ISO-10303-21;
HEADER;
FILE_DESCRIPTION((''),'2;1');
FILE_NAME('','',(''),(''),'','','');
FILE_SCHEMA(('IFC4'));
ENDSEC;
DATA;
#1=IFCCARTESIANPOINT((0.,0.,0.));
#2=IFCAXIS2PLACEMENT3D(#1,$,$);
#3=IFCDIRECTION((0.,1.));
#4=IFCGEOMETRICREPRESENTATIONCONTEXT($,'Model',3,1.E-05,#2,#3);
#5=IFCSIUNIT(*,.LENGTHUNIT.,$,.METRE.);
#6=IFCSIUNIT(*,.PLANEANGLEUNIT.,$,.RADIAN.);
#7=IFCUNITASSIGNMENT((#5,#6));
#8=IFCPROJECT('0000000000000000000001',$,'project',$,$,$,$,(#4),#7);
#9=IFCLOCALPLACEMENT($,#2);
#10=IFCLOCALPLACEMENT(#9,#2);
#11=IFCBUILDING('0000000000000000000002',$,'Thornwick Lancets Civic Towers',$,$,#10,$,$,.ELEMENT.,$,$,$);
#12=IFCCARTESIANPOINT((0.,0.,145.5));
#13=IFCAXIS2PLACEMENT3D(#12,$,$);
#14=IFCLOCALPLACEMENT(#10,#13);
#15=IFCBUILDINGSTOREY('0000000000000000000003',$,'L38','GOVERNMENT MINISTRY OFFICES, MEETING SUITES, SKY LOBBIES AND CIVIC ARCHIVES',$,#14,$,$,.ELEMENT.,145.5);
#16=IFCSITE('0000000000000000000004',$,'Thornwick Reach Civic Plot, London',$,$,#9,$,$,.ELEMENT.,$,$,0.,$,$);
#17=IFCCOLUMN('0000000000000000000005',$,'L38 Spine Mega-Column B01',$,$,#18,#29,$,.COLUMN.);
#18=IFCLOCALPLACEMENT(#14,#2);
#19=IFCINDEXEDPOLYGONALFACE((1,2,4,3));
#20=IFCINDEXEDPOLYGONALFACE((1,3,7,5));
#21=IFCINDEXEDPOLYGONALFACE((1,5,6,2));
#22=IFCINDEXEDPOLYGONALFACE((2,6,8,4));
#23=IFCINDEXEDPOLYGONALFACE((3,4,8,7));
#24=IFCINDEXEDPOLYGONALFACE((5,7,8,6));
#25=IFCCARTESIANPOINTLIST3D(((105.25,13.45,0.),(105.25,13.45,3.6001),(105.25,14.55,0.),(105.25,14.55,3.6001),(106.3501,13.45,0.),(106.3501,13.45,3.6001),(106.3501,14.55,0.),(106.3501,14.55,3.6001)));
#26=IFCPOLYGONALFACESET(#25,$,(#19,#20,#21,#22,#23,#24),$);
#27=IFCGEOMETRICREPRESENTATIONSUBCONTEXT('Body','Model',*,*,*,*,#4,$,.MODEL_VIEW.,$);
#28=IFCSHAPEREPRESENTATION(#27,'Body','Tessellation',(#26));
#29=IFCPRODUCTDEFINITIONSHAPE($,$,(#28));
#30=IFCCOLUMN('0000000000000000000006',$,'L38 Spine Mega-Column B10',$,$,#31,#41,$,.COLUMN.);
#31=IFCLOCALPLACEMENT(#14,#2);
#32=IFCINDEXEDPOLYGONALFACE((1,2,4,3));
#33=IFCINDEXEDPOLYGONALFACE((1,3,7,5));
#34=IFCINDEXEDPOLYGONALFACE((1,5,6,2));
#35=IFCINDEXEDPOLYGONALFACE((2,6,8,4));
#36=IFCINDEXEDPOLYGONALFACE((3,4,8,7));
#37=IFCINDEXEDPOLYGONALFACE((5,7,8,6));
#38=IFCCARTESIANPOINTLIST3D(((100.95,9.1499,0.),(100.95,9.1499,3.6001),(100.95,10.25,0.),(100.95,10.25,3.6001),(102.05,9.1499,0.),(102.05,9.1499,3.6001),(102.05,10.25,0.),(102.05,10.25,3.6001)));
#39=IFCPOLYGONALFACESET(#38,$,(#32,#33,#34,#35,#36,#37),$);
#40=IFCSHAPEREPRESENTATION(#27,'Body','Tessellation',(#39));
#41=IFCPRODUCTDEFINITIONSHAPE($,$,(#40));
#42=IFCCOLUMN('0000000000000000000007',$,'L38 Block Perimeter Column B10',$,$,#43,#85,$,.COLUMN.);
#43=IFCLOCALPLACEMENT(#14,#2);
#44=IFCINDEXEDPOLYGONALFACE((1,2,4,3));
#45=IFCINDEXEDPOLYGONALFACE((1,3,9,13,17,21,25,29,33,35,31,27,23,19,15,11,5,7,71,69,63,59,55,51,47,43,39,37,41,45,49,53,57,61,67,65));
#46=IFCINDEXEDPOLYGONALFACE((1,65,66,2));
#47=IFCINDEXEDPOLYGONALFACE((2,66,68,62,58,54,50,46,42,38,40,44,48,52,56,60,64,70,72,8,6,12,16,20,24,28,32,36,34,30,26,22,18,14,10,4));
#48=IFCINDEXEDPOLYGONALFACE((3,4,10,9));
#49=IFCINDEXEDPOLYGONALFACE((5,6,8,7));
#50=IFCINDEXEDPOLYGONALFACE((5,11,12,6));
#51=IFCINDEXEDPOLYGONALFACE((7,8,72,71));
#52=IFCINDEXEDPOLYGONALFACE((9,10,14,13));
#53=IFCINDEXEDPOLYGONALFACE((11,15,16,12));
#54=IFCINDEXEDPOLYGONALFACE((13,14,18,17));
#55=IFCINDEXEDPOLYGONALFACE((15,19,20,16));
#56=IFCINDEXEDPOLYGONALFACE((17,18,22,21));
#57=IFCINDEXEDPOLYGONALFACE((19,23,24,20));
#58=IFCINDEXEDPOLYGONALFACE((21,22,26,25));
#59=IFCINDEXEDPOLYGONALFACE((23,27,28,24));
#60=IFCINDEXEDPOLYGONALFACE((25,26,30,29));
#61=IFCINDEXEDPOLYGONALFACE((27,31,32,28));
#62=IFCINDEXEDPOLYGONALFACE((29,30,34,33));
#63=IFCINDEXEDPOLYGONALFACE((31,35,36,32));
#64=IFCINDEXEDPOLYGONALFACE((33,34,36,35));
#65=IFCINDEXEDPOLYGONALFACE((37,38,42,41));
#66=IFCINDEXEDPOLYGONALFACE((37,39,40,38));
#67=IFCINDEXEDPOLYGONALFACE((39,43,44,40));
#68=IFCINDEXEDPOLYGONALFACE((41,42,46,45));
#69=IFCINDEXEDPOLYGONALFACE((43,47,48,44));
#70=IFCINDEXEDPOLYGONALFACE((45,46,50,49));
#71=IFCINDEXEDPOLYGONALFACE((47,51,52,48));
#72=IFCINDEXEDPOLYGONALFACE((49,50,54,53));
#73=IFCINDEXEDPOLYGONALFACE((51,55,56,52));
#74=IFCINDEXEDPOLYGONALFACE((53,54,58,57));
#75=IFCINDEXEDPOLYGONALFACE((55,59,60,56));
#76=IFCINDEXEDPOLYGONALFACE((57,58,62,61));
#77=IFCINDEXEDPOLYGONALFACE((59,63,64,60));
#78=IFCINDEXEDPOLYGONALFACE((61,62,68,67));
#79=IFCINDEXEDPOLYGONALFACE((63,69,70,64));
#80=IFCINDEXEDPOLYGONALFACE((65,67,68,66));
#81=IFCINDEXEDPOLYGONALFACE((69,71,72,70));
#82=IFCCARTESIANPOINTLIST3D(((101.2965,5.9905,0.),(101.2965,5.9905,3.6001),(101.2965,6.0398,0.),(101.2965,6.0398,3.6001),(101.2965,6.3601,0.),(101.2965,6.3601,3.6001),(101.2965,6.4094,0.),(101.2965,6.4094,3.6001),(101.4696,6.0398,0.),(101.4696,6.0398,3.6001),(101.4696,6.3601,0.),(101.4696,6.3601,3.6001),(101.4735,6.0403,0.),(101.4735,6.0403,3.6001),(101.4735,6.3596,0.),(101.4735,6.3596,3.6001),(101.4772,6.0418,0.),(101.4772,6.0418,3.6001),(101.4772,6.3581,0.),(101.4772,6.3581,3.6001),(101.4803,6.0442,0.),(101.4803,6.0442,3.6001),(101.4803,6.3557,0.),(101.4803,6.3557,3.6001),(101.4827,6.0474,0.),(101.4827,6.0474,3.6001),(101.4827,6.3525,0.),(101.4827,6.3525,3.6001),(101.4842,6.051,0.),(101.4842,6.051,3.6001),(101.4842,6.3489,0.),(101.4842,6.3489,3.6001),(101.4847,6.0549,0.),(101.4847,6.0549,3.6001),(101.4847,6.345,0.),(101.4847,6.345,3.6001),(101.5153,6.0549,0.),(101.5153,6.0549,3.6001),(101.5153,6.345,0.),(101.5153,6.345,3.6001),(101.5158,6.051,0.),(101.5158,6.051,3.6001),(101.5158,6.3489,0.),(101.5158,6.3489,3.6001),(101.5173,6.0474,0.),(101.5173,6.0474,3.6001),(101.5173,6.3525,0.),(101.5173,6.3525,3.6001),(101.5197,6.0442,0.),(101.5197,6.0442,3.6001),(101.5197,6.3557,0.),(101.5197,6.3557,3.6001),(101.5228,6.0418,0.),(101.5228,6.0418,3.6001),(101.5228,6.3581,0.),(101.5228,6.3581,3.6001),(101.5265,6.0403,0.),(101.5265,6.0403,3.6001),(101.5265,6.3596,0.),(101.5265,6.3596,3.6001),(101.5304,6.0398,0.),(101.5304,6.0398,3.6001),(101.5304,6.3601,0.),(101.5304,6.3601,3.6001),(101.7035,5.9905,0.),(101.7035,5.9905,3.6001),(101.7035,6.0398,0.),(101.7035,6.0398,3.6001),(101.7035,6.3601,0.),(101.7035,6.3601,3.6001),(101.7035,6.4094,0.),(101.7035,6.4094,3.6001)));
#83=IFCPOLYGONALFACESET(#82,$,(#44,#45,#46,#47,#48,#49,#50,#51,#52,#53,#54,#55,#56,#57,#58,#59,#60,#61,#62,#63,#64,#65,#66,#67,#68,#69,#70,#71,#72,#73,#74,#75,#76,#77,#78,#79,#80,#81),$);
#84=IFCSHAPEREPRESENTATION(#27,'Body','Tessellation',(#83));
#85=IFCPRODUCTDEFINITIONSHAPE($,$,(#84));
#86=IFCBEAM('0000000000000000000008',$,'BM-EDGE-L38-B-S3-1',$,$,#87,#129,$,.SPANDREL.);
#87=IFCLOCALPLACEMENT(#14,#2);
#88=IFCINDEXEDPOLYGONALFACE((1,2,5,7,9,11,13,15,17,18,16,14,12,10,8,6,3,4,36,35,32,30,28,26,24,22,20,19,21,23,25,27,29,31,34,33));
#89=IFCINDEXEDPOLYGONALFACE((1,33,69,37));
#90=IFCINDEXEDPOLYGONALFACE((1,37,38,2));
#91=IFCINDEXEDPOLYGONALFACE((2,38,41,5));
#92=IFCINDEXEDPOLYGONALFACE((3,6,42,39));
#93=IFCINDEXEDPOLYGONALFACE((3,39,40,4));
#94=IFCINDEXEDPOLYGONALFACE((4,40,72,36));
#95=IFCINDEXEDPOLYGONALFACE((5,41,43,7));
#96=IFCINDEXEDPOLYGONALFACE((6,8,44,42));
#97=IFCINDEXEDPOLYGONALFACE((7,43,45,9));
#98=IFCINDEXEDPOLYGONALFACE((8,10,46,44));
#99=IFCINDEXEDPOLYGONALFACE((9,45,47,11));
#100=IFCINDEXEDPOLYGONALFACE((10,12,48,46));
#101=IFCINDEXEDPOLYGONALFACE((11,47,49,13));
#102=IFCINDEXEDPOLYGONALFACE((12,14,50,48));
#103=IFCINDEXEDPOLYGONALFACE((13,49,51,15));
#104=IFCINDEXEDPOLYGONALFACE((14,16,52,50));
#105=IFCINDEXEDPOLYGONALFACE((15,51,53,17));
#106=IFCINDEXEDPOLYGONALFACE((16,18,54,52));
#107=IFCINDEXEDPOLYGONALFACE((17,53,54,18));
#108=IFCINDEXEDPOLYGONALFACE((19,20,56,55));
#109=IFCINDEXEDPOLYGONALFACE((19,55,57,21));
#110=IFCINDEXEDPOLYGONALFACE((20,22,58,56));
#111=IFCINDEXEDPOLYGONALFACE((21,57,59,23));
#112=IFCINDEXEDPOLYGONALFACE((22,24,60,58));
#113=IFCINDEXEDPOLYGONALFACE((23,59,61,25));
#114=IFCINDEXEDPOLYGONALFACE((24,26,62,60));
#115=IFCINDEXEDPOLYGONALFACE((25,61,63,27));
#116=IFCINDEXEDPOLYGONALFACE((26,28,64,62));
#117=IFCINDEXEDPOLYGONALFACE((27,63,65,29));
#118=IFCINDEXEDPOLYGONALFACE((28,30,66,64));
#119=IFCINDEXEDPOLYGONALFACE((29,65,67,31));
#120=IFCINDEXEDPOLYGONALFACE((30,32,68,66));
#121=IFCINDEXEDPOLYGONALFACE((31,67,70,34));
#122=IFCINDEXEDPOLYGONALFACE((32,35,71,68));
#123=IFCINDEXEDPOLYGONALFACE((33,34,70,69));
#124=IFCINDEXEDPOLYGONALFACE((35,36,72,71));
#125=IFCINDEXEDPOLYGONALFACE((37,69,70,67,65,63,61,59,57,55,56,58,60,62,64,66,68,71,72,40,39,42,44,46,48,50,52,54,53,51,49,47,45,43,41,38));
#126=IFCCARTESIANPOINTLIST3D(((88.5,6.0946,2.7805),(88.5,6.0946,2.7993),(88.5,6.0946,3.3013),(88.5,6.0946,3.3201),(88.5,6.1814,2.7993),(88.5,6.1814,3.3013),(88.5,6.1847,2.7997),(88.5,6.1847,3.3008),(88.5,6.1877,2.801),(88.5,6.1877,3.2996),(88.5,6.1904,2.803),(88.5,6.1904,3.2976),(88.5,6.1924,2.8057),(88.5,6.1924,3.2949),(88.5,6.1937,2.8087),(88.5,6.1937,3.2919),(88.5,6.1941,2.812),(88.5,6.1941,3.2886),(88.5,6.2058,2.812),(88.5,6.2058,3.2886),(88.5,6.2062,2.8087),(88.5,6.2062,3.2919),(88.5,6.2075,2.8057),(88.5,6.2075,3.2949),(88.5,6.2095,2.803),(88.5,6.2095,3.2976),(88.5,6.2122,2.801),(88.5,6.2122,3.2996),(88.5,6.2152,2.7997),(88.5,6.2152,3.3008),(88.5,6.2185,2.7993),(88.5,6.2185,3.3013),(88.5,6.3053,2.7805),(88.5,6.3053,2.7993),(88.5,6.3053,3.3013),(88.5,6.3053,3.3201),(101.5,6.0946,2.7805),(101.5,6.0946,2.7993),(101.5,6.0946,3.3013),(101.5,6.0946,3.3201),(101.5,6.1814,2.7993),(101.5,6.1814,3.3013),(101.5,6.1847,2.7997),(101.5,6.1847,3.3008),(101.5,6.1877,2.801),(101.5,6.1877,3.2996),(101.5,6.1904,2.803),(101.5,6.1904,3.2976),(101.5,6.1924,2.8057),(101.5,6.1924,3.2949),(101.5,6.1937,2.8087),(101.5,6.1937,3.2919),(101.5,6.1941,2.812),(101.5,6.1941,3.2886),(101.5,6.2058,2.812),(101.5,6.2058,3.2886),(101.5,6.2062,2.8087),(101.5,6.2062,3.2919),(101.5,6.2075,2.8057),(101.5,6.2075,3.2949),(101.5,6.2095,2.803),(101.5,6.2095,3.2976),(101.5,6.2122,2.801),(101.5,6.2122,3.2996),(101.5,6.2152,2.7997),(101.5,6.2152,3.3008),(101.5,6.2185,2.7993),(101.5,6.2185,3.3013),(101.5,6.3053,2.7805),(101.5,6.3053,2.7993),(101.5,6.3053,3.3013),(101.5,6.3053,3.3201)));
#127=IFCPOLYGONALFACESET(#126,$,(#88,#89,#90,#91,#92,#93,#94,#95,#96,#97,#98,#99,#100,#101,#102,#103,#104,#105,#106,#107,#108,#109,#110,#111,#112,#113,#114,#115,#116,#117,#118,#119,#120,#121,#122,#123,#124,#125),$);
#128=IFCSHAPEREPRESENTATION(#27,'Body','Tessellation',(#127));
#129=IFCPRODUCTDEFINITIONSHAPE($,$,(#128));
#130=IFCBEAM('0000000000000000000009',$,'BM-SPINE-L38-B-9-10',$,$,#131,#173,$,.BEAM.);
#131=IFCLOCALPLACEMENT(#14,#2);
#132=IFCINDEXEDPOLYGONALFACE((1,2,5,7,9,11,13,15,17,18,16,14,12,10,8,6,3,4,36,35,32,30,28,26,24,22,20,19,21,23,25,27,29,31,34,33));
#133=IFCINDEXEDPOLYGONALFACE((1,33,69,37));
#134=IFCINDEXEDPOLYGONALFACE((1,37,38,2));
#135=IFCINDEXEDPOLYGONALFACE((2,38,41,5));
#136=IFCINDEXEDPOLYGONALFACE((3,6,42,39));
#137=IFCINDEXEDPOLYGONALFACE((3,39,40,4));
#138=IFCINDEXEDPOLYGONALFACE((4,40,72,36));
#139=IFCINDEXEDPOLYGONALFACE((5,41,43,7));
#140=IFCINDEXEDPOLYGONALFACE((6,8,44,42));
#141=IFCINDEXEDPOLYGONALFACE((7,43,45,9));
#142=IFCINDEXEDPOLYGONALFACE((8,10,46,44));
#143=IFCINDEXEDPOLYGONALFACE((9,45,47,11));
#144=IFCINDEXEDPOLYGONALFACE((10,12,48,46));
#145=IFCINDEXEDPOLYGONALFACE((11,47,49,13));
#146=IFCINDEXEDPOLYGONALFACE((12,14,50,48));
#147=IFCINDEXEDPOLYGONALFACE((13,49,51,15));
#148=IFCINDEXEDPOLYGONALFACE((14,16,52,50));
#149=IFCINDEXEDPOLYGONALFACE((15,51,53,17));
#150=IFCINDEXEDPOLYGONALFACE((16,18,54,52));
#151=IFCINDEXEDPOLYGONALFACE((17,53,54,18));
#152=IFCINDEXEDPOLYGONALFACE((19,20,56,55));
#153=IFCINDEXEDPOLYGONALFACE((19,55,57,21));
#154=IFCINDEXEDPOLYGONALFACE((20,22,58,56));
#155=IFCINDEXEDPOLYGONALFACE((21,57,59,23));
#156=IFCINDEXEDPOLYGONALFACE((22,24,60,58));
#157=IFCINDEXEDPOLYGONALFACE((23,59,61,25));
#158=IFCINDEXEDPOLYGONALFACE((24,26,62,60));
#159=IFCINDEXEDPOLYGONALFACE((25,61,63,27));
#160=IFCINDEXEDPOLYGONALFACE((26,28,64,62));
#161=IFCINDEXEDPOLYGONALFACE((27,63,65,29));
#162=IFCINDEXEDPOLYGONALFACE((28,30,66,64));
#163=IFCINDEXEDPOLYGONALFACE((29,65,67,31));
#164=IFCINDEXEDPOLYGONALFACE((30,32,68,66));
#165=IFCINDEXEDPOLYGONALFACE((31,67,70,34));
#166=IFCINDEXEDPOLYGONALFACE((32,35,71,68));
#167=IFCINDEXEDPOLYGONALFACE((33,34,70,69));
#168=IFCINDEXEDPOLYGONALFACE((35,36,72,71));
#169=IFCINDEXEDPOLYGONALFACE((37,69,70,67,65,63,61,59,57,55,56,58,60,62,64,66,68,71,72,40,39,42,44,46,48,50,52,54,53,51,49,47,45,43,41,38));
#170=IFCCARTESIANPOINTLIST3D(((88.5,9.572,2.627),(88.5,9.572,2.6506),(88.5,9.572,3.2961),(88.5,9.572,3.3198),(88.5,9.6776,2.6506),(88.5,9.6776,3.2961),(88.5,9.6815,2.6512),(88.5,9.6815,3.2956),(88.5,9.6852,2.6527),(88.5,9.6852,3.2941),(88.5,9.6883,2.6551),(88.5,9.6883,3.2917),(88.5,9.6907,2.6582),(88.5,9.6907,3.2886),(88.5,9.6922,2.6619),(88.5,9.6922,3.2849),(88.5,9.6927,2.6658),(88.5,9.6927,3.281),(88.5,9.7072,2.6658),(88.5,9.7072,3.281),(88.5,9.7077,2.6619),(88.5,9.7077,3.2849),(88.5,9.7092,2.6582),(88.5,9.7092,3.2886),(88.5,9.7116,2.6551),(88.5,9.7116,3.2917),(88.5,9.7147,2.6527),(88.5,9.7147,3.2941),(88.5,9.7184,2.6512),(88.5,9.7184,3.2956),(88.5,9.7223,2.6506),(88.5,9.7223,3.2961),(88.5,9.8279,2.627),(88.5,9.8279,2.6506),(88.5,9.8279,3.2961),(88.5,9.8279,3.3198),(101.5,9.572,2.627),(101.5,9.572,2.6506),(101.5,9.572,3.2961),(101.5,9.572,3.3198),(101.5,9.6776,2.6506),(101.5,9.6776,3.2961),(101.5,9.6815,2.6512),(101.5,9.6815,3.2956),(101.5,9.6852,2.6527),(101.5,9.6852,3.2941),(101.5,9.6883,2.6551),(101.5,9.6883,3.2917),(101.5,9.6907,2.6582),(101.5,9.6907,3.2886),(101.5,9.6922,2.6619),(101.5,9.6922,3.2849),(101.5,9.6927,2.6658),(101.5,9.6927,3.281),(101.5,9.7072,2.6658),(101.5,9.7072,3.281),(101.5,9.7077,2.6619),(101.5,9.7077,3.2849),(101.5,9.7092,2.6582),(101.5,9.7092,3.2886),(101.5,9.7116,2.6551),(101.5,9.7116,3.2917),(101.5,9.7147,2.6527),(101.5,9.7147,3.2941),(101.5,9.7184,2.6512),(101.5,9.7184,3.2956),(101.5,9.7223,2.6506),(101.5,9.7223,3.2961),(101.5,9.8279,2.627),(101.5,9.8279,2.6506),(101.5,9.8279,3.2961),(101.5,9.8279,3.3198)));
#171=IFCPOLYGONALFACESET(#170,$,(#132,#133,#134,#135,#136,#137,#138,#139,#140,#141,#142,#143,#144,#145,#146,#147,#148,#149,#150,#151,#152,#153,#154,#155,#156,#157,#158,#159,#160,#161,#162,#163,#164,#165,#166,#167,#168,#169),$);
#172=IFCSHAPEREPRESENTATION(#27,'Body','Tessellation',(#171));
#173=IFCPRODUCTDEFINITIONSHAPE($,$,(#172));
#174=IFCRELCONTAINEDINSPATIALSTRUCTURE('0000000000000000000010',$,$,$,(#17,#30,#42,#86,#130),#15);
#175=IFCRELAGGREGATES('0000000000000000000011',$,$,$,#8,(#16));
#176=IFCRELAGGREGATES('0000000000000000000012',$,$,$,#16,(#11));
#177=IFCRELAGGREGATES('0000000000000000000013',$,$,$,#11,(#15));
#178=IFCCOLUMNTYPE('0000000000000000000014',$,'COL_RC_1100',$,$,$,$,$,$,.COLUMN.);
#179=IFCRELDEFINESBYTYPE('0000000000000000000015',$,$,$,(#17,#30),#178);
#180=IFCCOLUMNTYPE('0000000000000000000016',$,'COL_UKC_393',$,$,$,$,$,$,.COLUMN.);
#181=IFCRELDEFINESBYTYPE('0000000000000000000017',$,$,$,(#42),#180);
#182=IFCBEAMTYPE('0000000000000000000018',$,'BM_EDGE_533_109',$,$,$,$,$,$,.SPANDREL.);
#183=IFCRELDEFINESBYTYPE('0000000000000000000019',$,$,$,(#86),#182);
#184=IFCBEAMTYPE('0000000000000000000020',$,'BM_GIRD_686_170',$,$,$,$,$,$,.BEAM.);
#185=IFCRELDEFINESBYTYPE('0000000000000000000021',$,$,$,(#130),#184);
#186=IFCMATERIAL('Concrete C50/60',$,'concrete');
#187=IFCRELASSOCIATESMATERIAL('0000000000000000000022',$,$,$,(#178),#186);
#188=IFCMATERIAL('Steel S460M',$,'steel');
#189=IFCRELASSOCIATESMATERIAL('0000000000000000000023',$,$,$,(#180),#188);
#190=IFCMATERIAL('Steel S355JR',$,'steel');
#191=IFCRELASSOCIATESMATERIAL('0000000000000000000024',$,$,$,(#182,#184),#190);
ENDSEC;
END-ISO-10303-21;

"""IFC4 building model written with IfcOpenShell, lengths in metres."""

from ifc_helpers import new_model, si_unit, direction, frame, origin, origin_2d, place, context, subcontext, project, spatial, rectangle, i_section, extrude, material, material_profile, profile_set, type_object, element, save


model = new_model("IFC4")

# Units and contexts
model_context = context("Model", 3, precision=1e-05, world=origin(), true_north=direction((0.0, 1.0)))
body_context = subcontext(model_context, "Body", "Model", "MODEL_VIEW")
ifc_project = project(units=[si_unit("LENGTHUNIT", "METRE"), si_unit("PLANEANGLEUNIT", "RADIAN")], contexts=[model_context])

# Site, building, storey
site_placement = place(None, origin())
site = spatial("IfcSite", under=ifc_project, at=site_placement, Name="Thornwick Reach Civic Plot, London", CompositionType="ELEMENT", RefElevation=0.0)
building_placement = place(site_placement, origin())
building = spatial("IfcBuilding", under=site, at=building_placement, Name="Thornwick Lancets Civic Towers", CompositionType="ELEMENT")
storey_placement = place(building_placement, frame((0.0, 0.0, 145.5)))
storey = spatial("IfcBuildingStorey", under=building, at=storey_placement, Name="L38", Description="GOVERNMENT MINISTRY OFFICES, MEETING SUITES, SKY LOBBIES AND CIVIC ARCHIVES", CompositionType="ELEMENT", Elevation=145.5)

# Columns
ifc_material_1 = material(Name="Concrete C50/60", Category="concrete")
ifc_material_profile_1 = material_profile(ifc_material_1, rectangle(XDim=1.1001, YDim=1.1001, at=origin_2d()), Name="RC 1100x1100")
ifc_profile_set_1 = profile_set([ifc_material_profile_1], Name="Concrete C50/60")
column_type_1 = type_object("IfcColumnType", Name="COL_RC_1100", PredefinedType="COLUMN", material=ifc_profile_set_1)
for number, where, z_axis, x_axis, name in (
    (1, (105.8, 14.0, 0.0), (0.0, 0.0, 1.0), (1.0, 0.0, 0.0), "L38 Spine Mega-Column B01"),
    (2, (101.5, 9.7, 0.0), (0.0, 0.0, 1.0), (1.0, 0.0, 0.0), "L38 Spine Mega-Column B10"),
):
    element("IfcColumn", number, at=place(storey_placement, frame(where, z_axis=z_axis, x_axis=x_axis)), inside=storey, type_object=column_type_1, Name=name, PredefinedType="COLUMN", context=body_context, shape_type="SweptSolid", body=[
        extrude(rectangle(XDim=1.1001, YDim=1.1001, at=origin_2d()), origin(), (0.0, 0.0, 1.0), 3.6001),
    ])
ifc_material_2 = material(Name="Steel S460M", Category="steel")
ifc_material_profile_2 = material_profile(ifc_material_2, i_section(OverallWidth=0.407, OverallDepth=0.4189, WebThickness=0.0305, FlangeThickness=0.0493, FilletRadius=0.0151, at=origin_2d()), Name="UKC 356x406x393")
ifc_profile_set_2 = profile_set([ifc_material_profile_2], Name="Steel S460M")
column_type_2 = type_object("IfcColumnType", Name="COL_UKC_393", PredefinedType="COLUMN", material=ifc_profile_set_2)
column_placement = place(storey_placement, frame((101.5, 6.2, 0.0), z_axis=(0.0, 0.0, 1.0), x_axis=(1.0, 0.0, 0.0)))
element("IfcColumn", 3, at=column_placement, inside=storey, type_object=column_type_2, Name="L38 Block Perimeter Column B10", PredefinedType="COLUMN", context=body_context, shape_type="SweptSolid", body=[
    extrude(i_section(OverallWidth=0.407, OverallDepth=0.4189, WebThickness=0.0305, FlangeThickness=0.0493, FilletRadius=0.0151, at=origin_2d()), origin(), (0.0, 0.0, 1.0), 3.6001),
])

# Beams
ifc_material_3 = material(Name="Steel S355JR", Category="steel")
ifc_material_profile_3 = material_profile(ifc_material_3, i_section(OverallWidth=0.2107, OverallDepth=0.5396, WebThickness=0.0117, FlangeThickness=0.0188, FilletRadius=0.0127, at=origin_2d()), Name="UKB 533x210x109")
ifc_profile_set_3 = profile_set([ifc_material_profile_3], Name="Steel S355JR")
beam_type_1 = type_object("IfcBeamType", Name="BM_EDGE_533_109", PredefinedType="SPANDREL", material=ifc_profile_set_3)
beam_1_placement = place(storey_placement, frame((101.5, 6.2, 3.0503), z_axis=(-1.0, 0.0, 0.0), x_axis=(0.0, -1.0, 0.0)))
element("IfcBeam", 4, at=beam_1_placement, inside=storey, type_object=beam_type_1, Name="BM-EDGE-L38-B-S3-1", PredefinedType="SPANDREL", context=body_context, shape_type="SweptSolid", body=[
    extrude(i_section(OverallWidth=0.2107, OverallDepth=0.5396, WebThickness=0.0117, FlangeThickness=0.0188, FilletRadius=0.0127, at=origin_2d()), origin(), (0.0, 0.0, 1.0), 13.0),
])
ifc_material_profile_4 = material_profile(ifc_material_3, i_section(OverallWidth=0.2559, OverallDepth=0.6929, WebThickness=0.0144, FlangeThickness=0.0237, FilletRadius=0.0151, at=origin_2d()), Name="UKB 686x254x170")
ifc_profile_set_4 = profile_set([ifc_material_profile_4], Name="Steel S355JR")
beam_type_2 = type_object("IfcBeamType", Name="BM_GIRD_686_170", PredefinedType="BEAM", material=ifc_profile_set_4)
beam_2_placement = place(storey_placement, frame((101.5, 9.7, 2.9734), z_axis=(-1.0, 0.0, 0.0), x_axis=(0.0, -1.0, 0.0)))
element("IfcBeam", 5, at=beam_2_placement, inside=storey, type_object=beam_type_2, Name="BM-SPINE-L38-B-9-10", PredefinedType="BEAM", context=body_context, shape_type="SweptSolid", body=[
    extrude(i_section(OverallWidth=0.2559, OverallDepth=0.6929, WebThickness=0.0144, FlangeThickness=0.0237, FilletRadius=0.0151, at=origin_2d()), origin(), (0.0, 0.0, 1.0), 13.0),
])

save(model, "model.ifc")
